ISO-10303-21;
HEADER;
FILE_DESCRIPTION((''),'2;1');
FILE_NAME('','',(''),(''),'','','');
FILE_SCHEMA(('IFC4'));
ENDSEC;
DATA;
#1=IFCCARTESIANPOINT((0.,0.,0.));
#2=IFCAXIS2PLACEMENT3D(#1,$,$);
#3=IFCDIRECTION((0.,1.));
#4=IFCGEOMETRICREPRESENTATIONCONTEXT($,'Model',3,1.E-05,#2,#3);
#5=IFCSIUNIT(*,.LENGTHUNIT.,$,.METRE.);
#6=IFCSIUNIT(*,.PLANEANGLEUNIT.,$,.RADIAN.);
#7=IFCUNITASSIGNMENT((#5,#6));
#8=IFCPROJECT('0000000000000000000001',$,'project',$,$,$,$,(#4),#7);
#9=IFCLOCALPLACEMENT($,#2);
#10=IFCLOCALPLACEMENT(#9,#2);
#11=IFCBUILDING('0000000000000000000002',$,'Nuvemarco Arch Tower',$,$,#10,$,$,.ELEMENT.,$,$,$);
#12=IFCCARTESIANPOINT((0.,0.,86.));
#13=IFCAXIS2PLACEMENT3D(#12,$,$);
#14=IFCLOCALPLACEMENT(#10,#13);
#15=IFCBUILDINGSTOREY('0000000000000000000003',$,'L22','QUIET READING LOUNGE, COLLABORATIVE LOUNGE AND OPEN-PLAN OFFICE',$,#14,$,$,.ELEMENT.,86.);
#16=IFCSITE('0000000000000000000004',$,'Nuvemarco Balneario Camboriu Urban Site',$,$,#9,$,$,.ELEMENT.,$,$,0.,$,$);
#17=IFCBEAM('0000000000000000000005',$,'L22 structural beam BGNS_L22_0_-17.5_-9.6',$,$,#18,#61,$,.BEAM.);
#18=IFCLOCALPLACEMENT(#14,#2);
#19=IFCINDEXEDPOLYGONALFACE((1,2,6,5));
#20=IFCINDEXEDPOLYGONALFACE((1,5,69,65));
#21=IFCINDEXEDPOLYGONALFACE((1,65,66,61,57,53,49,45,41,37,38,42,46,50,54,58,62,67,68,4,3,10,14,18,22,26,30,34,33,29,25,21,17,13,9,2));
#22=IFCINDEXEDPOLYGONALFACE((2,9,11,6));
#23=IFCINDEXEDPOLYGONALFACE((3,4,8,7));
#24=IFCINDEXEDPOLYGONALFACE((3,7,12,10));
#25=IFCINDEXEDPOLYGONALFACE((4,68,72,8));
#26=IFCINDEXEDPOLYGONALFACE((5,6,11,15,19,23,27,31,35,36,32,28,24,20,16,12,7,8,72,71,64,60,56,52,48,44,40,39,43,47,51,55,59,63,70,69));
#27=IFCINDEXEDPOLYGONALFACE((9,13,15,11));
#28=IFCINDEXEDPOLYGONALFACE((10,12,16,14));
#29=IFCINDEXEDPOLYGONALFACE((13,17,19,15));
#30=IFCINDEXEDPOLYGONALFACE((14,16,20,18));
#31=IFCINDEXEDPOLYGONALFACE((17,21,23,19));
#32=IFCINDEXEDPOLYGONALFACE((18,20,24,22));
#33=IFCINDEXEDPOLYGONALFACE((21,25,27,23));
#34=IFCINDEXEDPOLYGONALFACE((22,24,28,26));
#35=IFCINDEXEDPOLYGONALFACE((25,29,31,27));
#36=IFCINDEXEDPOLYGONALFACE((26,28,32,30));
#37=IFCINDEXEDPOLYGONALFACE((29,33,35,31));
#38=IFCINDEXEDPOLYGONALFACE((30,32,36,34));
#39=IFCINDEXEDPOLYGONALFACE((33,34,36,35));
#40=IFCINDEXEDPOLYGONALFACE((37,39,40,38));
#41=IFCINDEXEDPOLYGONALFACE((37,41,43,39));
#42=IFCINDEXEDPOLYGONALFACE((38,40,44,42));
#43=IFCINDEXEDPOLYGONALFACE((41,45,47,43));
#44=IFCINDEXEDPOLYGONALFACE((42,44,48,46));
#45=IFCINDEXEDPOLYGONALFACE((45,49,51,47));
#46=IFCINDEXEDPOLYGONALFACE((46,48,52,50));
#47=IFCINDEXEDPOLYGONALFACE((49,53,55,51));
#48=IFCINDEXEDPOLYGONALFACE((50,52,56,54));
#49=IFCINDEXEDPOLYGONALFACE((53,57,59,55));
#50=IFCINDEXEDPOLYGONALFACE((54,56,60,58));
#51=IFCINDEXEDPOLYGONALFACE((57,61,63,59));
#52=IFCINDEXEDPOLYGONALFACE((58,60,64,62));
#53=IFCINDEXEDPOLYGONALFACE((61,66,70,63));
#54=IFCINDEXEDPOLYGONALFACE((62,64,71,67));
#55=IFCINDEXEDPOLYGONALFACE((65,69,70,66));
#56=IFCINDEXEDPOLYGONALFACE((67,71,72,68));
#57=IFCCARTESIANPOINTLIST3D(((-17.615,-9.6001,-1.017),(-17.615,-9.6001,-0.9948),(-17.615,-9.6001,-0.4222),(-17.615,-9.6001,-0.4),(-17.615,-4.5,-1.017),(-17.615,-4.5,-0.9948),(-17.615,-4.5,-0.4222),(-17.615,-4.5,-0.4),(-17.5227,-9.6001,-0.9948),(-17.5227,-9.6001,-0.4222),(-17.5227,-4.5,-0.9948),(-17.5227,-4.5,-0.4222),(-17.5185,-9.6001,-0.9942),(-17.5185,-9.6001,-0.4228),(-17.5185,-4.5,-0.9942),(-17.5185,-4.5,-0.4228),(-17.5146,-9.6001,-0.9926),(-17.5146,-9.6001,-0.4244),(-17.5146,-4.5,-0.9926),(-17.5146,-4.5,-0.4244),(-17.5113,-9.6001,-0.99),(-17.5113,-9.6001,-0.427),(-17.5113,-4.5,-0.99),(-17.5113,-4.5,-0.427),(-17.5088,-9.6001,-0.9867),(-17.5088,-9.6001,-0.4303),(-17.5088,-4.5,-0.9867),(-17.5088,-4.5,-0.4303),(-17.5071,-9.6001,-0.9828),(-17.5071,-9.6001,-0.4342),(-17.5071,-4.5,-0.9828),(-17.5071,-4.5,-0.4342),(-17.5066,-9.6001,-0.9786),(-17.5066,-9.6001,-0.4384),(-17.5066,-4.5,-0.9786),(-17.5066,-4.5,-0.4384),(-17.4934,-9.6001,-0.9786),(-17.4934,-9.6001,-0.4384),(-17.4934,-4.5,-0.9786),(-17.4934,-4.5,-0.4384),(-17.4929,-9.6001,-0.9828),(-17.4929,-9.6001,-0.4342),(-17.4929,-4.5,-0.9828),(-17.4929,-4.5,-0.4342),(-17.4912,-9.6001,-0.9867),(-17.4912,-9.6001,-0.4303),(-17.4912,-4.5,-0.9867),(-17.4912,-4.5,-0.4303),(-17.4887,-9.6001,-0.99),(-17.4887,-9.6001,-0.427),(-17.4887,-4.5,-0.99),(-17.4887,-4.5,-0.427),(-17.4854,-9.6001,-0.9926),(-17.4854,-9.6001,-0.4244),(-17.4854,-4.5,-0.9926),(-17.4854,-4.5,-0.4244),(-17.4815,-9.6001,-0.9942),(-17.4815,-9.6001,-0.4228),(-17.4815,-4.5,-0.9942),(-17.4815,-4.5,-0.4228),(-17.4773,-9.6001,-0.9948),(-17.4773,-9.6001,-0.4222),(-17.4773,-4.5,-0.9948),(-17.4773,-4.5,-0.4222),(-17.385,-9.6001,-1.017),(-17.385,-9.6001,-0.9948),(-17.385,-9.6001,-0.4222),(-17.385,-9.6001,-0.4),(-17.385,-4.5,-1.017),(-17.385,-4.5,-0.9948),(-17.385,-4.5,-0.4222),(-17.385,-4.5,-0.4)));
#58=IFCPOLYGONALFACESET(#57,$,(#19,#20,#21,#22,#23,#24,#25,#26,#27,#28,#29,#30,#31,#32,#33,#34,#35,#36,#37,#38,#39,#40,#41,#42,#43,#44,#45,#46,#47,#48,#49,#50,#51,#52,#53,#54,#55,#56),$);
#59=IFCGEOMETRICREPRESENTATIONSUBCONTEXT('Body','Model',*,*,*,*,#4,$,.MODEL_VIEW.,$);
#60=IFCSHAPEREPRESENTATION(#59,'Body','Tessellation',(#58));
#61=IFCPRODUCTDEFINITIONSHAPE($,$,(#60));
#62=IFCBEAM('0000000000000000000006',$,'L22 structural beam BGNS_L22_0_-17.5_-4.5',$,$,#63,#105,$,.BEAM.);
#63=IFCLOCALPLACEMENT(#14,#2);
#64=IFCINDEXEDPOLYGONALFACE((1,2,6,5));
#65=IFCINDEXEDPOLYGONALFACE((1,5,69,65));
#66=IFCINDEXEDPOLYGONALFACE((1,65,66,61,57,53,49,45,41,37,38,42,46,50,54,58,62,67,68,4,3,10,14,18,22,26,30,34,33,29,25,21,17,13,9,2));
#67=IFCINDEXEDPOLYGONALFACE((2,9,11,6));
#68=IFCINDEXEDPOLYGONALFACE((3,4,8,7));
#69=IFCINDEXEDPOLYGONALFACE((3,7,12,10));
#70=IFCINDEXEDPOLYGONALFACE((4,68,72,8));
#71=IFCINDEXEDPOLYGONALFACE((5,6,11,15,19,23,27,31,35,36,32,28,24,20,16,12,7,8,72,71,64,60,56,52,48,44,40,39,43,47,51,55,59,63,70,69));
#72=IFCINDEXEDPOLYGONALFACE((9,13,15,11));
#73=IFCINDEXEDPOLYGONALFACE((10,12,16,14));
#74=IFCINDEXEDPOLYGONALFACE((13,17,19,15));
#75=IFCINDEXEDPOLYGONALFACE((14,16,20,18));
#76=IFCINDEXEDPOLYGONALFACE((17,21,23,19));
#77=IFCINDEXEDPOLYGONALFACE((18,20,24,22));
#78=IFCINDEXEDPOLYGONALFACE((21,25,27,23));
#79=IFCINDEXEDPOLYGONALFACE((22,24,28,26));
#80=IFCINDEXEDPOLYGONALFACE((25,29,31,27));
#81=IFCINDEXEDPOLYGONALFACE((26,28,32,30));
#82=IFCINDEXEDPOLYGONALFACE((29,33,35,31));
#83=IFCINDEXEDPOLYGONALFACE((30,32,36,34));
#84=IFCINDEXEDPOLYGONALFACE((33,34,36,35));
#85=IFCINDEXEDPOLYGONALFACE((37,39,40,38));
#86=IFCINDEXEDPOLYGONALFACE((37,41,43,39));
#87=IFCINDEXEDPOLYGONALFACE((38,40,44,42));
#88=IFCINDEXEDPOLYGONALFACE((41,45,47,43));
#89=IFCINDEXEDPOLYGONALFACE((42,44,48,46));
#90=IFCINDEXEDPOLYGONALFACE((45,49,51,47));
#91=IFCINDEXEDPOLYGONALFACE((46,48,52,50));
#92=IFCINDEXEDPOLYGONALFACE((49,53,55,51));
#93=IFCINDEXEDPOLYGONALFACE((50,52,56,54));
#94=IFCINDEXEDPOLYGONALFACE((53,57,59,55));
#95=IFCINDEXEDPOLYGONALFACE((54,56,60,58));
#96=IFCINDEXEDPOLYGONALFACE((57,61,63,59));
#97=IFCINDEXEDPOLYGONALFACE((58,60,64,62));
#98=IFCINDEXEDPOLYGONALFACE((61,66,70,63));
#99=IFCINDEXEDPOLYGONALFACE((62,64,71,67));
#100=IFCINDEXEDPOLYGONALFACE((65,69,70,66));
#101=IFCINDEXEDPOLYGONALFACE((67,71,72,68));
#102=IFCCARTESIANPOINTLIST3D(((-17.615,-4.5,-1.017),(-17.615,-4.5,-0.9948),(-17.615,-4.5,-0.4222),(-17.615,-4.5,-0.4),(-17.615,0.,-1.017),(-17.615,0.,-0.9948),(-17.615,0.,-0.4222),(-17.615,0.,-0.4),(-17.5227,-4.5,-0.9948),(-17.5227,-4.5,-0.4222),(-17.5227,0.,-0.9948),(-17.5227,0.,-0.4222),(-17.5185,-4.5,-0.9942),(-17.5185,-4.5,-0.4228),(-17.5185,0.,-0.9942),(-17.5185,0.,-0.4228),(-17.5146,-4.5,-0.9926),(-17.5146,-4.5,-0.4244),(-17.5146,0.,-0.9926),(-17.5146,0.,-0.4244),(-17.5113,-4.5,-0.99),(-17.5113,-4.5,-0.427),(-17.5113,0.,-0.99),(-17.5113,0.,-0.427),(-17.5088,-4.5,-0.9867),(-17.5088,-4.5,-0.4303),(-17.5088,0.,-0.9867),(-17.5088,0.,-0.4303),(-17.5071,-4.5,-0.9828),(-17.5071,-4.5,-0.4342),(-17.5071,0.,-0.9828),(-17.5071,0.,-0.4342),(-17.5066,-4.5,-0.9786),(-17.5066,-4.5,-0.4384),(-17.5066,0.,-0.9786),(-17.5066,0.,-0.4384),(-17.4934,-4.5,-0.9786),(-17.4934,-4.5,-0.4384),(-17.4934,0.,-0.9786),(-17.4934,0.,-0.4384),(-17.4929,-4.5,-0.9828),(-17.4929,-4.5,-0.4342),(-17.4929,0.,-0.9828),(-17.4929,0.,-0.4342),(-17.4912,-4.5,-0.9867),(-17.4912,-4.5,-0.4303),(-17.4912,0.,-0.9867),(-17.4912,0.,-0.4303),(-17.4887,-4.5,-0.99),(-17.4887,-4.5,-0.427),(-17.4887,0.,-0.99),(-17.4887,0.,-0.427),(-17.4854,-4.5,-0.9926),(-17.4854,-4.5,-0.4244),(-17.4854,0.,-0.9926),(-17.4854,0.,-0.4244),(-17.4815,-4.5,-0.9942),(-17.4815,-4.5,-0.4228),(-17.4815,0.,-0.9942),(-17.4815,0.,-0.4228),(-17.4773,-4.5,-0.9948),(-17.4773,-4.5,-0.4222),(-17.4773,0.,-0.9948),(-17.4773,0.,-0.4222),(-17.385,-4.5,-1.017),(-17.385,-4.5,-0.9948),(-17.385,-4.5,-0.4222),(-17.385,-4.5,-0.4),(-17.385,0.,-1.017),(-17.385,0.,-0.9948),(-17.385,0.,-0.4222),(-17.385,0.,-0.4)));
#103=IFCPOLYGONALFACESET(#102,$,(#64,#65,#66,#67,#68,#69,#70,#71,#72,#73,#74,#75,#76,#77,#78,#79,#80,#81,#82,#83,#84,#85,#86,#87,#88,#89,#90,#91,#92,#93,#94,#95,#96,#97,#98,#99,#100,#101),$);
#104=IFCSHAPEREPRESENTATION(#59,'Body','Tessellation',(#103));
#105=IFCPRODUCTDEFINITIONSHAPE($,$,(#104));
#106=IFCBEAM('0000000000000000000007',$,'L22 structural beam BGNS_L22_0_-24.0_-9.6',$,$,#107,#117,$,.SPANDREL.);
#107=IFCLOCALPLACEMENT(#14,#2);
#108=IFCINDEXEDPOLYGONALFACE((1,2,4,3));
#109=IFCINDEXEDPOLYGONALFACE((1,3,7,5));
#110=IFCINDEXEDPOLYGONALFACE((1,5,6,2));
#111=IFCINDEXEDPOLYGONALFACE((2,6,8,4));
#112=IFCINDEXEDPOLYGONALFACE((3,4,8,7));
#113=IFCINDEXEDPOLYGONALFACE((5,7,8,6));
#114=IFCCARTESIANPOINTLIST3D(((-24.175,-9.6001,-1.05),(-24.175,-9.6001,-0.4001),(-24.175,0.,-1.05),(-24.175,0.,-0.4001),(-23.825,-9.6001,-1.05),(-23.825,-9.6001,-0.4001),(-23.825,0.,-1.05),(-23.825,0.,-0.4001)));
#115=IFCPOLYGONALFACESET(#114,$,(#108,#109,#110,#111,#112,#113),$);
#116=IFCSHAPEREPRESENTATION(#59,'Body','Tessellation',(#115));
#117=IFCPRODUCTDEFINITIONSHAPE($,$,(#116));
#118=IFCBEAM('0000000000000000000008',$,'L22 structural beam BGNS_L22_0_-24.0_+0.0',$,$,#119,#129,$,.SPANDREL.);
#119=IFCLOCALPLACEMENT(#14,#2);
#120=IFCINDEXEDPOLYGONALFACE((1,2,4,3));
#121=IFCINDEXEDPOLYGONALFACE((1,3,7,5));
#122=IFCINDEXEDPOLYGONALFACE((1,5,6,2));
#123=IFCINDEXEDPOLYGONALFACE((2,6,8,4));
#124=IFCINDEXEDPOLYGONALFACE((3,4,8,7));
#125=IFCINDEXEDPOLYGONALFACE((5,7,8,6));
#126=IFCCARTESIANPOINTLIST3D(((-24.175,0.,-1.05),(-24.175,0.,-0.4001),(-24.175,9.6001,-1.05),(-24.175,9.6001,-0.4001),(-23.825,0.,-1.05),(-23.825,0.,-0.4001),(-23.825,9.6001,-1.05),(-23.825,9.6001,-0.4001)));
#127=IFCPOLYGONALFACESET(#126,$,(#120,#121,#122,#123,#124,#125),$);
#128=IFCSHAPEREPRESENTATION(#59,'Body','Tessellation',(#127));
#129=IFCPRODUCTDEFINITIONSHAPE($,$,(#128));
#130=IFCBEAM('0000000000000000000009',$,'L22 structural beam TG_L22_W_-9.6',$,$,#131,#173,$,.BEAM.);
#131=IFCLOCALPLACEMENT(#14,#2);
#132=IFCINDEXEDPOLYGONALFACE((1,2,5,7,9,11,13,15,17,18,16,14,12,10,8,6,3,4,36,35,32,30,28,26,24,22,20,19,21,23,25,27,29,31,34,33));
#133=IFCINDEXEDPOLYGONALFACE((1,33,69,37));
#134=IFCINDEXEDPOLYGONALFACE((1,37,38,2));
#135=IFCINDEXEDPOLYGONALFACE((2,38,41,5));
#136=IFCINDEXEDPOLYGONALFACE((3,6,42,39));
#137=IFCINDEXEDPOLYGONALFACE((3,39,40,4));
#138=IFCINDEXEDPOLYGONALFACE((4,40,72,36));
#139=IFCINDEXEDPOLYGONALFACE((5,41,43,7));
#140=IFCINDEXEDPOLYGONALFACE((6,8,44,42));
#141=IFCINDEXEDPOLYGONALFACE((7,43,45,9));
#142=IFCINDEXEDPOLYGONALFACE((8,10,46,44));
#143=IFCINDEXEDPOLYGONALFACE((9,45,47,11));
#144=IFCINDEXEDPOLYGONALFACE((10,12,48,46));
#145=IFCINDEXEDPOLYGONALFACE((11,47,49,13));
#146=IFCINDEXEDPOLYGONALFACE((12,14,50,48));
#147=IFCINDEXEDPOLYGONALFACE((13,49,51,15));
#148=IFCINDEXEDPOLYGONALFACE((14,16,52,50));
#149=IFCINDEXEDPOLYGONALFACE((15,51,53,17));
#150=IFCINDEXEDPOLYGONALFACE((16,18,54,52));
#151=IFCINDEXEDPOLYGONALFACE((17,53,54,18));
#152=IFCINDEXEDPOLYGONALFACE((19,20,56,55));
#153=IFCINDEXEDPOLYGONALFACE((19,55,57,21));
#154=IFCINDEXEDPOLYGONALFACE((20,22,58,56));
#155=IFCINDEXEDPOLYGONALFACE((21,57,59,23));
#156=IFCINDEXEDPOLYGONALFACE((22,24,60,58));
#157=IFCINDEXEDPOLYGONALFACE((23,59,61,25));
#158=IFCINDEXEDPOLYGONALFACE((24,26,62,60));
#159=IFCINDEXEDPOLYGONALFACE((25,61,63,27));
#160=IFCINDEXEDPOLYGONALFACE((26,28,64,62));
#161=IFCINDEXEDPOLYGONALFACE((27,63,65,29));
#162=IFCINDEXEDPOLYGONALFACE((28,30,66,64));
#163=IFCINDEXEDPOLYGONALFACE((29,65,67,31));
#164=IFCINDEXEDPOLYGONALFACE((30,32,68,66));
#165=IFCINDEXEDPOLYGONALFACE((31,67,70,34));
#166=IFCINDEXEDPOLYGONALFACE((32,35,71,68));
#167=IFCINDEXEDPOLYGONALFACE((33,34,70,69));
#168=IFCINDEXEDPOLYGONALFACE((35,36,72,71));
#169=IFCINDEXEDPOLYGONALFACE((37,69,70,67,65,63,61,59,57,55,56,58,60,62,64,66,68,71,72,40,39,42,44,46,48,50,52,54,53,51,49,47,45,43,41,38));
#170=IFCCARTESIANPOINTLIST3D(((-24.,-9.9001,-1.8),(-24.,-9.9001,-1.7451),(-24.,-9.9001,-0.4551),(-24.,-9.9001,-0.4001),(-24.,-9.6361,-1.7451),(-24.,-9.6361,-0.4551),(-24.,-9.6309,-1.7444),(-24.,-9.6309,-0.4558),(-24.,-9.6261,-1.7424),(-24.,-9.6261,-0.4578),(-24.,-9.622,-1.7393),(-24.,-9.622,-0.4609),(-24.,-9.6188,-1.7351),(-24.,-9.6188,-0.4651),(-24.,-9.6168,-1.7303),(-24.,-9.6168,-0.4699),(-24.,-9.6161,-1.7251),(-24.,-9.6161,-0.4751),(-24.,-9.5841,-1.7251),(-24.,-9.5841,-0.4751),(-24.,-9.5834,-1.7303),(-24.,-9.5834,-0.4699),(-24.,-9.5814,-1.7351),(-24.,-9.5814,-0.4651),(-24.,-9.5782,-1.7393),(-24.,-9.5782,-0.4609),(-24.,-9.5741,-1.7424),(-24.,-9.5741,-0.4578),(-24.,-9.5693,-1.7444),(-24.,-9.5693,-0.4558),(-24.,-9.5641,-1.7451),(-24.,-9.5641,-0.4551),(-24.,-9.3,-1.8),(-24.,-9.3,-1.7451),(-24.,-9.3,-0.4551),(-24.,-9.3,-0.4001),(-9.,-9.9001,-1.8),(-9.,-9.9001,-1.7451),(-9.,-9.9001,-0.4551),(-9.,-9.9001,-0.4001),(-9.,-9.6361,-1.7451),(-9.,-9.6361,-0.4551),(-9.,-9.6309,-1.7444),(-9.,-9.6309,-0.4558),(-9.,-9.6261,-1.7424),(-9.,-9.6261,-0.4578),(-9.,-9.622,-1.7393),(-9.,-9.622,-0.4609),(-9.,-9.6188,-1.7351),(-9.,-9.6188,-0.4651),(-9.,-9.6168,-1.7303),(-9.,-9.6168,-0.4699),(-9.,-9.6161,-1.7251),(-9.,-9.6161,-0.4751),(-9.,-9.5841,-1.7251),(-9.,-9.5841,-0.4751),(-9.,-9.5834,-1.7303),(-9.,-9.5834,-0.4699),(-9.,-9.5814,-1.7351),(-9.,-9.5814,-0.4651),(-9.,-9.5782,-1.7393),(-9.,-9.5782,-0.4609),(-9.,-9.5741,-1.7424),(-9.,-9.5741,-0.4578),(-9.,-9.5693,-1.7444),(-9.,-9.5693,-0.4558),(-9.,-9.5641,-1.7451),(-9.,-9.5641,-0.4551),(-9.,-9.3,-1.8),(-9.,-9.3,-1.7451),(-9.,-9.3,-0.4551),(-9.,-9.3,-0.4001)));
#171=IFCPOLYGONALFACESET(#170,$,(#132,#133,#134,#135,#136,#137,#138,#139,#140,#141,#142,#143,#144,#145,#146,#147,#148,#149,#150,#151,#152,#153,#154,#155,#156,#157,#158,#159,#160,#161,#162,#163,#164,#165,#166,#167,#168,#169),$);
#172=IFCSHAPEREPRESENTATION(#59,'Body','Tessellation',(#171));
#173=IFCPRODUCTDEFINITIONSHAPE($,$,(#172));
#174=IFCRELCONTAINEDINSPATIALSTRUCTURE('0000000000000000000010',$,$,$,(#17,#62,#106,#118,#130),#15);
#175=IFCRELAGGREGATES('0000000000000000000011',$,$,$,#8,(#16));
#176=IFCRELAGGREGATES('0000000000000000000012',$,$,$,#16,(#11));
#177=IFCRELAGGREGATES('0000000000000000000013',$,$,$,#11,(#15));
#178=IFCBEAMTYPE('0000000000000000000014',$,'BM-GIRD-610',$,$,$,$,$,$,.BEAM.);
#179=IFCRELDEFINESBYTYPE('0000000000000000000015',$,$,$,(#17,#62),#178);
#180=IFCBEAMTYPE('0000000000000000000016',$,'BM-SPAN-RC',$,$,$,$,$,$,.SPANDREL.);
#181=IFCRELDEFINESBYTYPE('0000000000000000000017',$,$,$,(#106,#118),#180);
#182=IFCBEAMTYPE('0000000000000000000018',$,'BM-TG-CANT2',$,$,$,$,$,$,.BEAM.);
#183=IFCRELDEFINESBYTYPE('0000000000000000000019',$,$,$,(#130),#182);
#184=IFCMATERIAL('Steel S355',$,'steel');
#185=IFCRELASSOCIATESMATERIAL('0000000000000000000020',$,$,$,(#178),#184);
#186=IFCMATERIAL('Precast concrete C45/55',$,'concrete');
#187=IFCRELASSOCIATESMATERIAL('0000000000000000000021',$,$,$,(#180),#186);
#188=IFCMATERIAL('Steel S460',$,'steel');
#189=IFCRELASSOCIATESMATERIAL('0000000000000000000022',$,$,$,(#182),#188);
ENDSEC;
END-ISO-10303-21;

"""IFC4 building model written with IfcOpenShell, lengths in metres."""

from ifc_helpers import new_model, si_unit, direction, frame, origin, origin_2d, place, context, subcontext, project, spatial, rectangle, i_section, extrude, material, material_profile, profile_set, type_object, element, save


model = new_model("IFC4")

# Units and contexts
model_context = context("Model", 3, precision=1e-05, world=origin(), true_north=direction((0.0, 1.0)))
body_context = subcontext(model_context, "Body", "Model", "MODEL_VIEW")
ifc_project = project(units=[si_unit("LENGTHUNIT", "METRE"), si_unit("PLANEANGLEUNIT", "RADIAN")], contexts=[model_context])

# Site, building, storey
site_placement = place(None, origin())
site = spatial("IfcSite", under=ifc_project, at=site_placement, Name="Nuvemarco Balneario Camboriu Urban Site", CompositionType="ELEMENT", RefElevation=0.0)
building_placement = place(site_placement, origin())
building = spatial("IfcBuilding", under=site, at=building_placement, Name="Nuvemarco Arch Tower", CompositionType="ELEMENT")
storey_placement = place(building_placement, frame((0.0, 0.0, 86.0)))
storey = spatial("IfcBuildingStorey", under=building, at=storey_placement, Name="L22", Description="QUIET READING LOUNGE, COLLABORATIVE LOUNGE AND OPEN-PLAN OFFICE", CompositionType="ELEMENT", Elevation=86.0)

# Shared definitions
ifc_material_1 = material(Name="Steel S460", Category="steel")

# Beams
ifc_material_2 = material(Name="Steel S355", Category="steel")
ifc_material_profile_1 = material_profile(ifc_material_2, i_section(OverallWidth=0.23, OverallDepth=0.6169, WebThickness=0.0132, FlangeThickness=0.0222, FilletRadius=0.0161, at=origin_2d()), Name="W610x140")
ifc_profile_set_1 = profile_set([ifc_material_profile_1], Name="Steel S355")
beam_type_1 = type_object("IfcBeamType", Name="BM-GIRD-610", PredefinedType="BEAM", material=ifc_profile_set_1)
beam_1_placement = place(storey_placement, frame((-17.5, -9.6001, -0.7085), z_axis=(0.0, 1.0, 0.0), x_axis=(-1.0, 0.0, 0.0)))
element("IfcBeam", 1, at=beam_1_placement, inside=storey, type_object=beam_type_1, Name="L22 structural beam BGNS_L22_0_-17.5_-9.6", PredefinedType="BEAM", context=body_context, shape_type="SweptSolid", body=[
    extrude(i_section(OverallWidth=0.23, OverallDepth=0.6169, WebThickness=0.0132, FlangeThickness=0.0222, FilletRadius=0.0161, at=origin_2d()), origin(), (0.0, 0.0, 1.0), 5.1001),
])
beam_2_placement = place(storey_placement, frame((-17.5, -4.5, -0.7085), z_axis=(0.0, 1.0, 0.0), x_axis=(-1.0, 0.0, 0.0)))
element("IfcBeam", 2, at=beam_2_placement, inside=storey, type_object=beam_type_1, Name="L22 structural beam BGNS_L22_0_-17.5_-4.5", PredefinedType="BEAM", context=body_context, shape_type="SweptSolid", body=[
    extrude(i_section(OverallWidth=0.23, OverallDepth=0.6169, WebThickness=0.0132, FlangeThickness=0.0222, FilletRadius=0.0161, at=origin_2d()), origin(), (0.0, 0.0, 1.0), 4.5),
])
ifc_material_3 = material(Name="Precast concrete C45/55", Category="concrete")
ifc_material_profile_2 = material_profile(ifc_material_3, rectangle(XDim=0.3501, YDim=0.6499, at=origin_2d()), Name="PC-SP-350x650")
ifc_profile_set_2 = profile_set([ifc_material_profile_2], Name="Precast concrete C45/55")
beam_type_2 = type_object("IfcBeamType", Name="BM-SPAN-RC", PredefinedType="SPANDREL", material=ifc_profile_set_2)
for number, where, z_axis, x_axis, name in (
    (3, (-24.0, -9.6001, -0.7251), (0.0, 1.0, 0.0), (-1.0, 0.0, 0.0), "L22 structural beam BGNS_L22_0_-24.0_-9.6"),
    (4, (-24.0, 0.0, -0.7251), (0.0, 1.0, 0.0), (-1.0, 0.0, 0.0), "L22 structural beam BGNS_L22_0_-24.0_+0.0"),
):
    element("IfcBeam", number, at=place(storey_placement, frame(where, z_axis=z_axis, x_axis=x_axis)), inside=storey, type_object=beam_type_2, Name=name, PredefinedType="SPANDREL", context=body_context, shape_type="SweptSolid", body=[
        extrude(rectangle(XDim=0.3501, YDim=0.6499, at=origin_2d()), origin(), (0.0, 0.0, 1.0), 9.6001),
    ])
ifc_material_profile_3 = material_profile(ifc_material_1, i_section(OverallWidth=0.6001, OverallDepth=1.3999, WebThickness=0.032, FlangeThickness=0.0549, FilletRadius=0.02, at=origin_2d()), Name="PG1400x600")
ifc_profile_set_3 = profile_set([ifc_material_profile_3], Name="Steel S460")
beam_type_3 = type_object("IfcBeamType", Name="BM-TG-CANT2", PredefinedType="BEAM", material=ifc_profile_set_3)
beam_3_placement = place(storey_placement, frame((-24.0, -9.6001, -1.1001), z_axis=(1.0, 0.0, 0.0), x_axis=(0.0, 1.0, 0.0)))
element("IfcBeam", 5, at=beam_3_placement, inside=storey, type_object=beam_type_3, Name="L22 structural beam TG_L22_W_-9.6", PredefinedType="BEAM", context=body_context, shape_type="SweptSolid", body=[
    extrude(i_section(OverallWidth=0.6001, OverallDepth=1.3999, WebThickness=0.032, FlangeThickness=0.0549, FilletRadius=0.02, at=origin_2d()), origin(), (0.0, 0.0, 1.0), 15.0),
])

save(model, "model.ifc")
